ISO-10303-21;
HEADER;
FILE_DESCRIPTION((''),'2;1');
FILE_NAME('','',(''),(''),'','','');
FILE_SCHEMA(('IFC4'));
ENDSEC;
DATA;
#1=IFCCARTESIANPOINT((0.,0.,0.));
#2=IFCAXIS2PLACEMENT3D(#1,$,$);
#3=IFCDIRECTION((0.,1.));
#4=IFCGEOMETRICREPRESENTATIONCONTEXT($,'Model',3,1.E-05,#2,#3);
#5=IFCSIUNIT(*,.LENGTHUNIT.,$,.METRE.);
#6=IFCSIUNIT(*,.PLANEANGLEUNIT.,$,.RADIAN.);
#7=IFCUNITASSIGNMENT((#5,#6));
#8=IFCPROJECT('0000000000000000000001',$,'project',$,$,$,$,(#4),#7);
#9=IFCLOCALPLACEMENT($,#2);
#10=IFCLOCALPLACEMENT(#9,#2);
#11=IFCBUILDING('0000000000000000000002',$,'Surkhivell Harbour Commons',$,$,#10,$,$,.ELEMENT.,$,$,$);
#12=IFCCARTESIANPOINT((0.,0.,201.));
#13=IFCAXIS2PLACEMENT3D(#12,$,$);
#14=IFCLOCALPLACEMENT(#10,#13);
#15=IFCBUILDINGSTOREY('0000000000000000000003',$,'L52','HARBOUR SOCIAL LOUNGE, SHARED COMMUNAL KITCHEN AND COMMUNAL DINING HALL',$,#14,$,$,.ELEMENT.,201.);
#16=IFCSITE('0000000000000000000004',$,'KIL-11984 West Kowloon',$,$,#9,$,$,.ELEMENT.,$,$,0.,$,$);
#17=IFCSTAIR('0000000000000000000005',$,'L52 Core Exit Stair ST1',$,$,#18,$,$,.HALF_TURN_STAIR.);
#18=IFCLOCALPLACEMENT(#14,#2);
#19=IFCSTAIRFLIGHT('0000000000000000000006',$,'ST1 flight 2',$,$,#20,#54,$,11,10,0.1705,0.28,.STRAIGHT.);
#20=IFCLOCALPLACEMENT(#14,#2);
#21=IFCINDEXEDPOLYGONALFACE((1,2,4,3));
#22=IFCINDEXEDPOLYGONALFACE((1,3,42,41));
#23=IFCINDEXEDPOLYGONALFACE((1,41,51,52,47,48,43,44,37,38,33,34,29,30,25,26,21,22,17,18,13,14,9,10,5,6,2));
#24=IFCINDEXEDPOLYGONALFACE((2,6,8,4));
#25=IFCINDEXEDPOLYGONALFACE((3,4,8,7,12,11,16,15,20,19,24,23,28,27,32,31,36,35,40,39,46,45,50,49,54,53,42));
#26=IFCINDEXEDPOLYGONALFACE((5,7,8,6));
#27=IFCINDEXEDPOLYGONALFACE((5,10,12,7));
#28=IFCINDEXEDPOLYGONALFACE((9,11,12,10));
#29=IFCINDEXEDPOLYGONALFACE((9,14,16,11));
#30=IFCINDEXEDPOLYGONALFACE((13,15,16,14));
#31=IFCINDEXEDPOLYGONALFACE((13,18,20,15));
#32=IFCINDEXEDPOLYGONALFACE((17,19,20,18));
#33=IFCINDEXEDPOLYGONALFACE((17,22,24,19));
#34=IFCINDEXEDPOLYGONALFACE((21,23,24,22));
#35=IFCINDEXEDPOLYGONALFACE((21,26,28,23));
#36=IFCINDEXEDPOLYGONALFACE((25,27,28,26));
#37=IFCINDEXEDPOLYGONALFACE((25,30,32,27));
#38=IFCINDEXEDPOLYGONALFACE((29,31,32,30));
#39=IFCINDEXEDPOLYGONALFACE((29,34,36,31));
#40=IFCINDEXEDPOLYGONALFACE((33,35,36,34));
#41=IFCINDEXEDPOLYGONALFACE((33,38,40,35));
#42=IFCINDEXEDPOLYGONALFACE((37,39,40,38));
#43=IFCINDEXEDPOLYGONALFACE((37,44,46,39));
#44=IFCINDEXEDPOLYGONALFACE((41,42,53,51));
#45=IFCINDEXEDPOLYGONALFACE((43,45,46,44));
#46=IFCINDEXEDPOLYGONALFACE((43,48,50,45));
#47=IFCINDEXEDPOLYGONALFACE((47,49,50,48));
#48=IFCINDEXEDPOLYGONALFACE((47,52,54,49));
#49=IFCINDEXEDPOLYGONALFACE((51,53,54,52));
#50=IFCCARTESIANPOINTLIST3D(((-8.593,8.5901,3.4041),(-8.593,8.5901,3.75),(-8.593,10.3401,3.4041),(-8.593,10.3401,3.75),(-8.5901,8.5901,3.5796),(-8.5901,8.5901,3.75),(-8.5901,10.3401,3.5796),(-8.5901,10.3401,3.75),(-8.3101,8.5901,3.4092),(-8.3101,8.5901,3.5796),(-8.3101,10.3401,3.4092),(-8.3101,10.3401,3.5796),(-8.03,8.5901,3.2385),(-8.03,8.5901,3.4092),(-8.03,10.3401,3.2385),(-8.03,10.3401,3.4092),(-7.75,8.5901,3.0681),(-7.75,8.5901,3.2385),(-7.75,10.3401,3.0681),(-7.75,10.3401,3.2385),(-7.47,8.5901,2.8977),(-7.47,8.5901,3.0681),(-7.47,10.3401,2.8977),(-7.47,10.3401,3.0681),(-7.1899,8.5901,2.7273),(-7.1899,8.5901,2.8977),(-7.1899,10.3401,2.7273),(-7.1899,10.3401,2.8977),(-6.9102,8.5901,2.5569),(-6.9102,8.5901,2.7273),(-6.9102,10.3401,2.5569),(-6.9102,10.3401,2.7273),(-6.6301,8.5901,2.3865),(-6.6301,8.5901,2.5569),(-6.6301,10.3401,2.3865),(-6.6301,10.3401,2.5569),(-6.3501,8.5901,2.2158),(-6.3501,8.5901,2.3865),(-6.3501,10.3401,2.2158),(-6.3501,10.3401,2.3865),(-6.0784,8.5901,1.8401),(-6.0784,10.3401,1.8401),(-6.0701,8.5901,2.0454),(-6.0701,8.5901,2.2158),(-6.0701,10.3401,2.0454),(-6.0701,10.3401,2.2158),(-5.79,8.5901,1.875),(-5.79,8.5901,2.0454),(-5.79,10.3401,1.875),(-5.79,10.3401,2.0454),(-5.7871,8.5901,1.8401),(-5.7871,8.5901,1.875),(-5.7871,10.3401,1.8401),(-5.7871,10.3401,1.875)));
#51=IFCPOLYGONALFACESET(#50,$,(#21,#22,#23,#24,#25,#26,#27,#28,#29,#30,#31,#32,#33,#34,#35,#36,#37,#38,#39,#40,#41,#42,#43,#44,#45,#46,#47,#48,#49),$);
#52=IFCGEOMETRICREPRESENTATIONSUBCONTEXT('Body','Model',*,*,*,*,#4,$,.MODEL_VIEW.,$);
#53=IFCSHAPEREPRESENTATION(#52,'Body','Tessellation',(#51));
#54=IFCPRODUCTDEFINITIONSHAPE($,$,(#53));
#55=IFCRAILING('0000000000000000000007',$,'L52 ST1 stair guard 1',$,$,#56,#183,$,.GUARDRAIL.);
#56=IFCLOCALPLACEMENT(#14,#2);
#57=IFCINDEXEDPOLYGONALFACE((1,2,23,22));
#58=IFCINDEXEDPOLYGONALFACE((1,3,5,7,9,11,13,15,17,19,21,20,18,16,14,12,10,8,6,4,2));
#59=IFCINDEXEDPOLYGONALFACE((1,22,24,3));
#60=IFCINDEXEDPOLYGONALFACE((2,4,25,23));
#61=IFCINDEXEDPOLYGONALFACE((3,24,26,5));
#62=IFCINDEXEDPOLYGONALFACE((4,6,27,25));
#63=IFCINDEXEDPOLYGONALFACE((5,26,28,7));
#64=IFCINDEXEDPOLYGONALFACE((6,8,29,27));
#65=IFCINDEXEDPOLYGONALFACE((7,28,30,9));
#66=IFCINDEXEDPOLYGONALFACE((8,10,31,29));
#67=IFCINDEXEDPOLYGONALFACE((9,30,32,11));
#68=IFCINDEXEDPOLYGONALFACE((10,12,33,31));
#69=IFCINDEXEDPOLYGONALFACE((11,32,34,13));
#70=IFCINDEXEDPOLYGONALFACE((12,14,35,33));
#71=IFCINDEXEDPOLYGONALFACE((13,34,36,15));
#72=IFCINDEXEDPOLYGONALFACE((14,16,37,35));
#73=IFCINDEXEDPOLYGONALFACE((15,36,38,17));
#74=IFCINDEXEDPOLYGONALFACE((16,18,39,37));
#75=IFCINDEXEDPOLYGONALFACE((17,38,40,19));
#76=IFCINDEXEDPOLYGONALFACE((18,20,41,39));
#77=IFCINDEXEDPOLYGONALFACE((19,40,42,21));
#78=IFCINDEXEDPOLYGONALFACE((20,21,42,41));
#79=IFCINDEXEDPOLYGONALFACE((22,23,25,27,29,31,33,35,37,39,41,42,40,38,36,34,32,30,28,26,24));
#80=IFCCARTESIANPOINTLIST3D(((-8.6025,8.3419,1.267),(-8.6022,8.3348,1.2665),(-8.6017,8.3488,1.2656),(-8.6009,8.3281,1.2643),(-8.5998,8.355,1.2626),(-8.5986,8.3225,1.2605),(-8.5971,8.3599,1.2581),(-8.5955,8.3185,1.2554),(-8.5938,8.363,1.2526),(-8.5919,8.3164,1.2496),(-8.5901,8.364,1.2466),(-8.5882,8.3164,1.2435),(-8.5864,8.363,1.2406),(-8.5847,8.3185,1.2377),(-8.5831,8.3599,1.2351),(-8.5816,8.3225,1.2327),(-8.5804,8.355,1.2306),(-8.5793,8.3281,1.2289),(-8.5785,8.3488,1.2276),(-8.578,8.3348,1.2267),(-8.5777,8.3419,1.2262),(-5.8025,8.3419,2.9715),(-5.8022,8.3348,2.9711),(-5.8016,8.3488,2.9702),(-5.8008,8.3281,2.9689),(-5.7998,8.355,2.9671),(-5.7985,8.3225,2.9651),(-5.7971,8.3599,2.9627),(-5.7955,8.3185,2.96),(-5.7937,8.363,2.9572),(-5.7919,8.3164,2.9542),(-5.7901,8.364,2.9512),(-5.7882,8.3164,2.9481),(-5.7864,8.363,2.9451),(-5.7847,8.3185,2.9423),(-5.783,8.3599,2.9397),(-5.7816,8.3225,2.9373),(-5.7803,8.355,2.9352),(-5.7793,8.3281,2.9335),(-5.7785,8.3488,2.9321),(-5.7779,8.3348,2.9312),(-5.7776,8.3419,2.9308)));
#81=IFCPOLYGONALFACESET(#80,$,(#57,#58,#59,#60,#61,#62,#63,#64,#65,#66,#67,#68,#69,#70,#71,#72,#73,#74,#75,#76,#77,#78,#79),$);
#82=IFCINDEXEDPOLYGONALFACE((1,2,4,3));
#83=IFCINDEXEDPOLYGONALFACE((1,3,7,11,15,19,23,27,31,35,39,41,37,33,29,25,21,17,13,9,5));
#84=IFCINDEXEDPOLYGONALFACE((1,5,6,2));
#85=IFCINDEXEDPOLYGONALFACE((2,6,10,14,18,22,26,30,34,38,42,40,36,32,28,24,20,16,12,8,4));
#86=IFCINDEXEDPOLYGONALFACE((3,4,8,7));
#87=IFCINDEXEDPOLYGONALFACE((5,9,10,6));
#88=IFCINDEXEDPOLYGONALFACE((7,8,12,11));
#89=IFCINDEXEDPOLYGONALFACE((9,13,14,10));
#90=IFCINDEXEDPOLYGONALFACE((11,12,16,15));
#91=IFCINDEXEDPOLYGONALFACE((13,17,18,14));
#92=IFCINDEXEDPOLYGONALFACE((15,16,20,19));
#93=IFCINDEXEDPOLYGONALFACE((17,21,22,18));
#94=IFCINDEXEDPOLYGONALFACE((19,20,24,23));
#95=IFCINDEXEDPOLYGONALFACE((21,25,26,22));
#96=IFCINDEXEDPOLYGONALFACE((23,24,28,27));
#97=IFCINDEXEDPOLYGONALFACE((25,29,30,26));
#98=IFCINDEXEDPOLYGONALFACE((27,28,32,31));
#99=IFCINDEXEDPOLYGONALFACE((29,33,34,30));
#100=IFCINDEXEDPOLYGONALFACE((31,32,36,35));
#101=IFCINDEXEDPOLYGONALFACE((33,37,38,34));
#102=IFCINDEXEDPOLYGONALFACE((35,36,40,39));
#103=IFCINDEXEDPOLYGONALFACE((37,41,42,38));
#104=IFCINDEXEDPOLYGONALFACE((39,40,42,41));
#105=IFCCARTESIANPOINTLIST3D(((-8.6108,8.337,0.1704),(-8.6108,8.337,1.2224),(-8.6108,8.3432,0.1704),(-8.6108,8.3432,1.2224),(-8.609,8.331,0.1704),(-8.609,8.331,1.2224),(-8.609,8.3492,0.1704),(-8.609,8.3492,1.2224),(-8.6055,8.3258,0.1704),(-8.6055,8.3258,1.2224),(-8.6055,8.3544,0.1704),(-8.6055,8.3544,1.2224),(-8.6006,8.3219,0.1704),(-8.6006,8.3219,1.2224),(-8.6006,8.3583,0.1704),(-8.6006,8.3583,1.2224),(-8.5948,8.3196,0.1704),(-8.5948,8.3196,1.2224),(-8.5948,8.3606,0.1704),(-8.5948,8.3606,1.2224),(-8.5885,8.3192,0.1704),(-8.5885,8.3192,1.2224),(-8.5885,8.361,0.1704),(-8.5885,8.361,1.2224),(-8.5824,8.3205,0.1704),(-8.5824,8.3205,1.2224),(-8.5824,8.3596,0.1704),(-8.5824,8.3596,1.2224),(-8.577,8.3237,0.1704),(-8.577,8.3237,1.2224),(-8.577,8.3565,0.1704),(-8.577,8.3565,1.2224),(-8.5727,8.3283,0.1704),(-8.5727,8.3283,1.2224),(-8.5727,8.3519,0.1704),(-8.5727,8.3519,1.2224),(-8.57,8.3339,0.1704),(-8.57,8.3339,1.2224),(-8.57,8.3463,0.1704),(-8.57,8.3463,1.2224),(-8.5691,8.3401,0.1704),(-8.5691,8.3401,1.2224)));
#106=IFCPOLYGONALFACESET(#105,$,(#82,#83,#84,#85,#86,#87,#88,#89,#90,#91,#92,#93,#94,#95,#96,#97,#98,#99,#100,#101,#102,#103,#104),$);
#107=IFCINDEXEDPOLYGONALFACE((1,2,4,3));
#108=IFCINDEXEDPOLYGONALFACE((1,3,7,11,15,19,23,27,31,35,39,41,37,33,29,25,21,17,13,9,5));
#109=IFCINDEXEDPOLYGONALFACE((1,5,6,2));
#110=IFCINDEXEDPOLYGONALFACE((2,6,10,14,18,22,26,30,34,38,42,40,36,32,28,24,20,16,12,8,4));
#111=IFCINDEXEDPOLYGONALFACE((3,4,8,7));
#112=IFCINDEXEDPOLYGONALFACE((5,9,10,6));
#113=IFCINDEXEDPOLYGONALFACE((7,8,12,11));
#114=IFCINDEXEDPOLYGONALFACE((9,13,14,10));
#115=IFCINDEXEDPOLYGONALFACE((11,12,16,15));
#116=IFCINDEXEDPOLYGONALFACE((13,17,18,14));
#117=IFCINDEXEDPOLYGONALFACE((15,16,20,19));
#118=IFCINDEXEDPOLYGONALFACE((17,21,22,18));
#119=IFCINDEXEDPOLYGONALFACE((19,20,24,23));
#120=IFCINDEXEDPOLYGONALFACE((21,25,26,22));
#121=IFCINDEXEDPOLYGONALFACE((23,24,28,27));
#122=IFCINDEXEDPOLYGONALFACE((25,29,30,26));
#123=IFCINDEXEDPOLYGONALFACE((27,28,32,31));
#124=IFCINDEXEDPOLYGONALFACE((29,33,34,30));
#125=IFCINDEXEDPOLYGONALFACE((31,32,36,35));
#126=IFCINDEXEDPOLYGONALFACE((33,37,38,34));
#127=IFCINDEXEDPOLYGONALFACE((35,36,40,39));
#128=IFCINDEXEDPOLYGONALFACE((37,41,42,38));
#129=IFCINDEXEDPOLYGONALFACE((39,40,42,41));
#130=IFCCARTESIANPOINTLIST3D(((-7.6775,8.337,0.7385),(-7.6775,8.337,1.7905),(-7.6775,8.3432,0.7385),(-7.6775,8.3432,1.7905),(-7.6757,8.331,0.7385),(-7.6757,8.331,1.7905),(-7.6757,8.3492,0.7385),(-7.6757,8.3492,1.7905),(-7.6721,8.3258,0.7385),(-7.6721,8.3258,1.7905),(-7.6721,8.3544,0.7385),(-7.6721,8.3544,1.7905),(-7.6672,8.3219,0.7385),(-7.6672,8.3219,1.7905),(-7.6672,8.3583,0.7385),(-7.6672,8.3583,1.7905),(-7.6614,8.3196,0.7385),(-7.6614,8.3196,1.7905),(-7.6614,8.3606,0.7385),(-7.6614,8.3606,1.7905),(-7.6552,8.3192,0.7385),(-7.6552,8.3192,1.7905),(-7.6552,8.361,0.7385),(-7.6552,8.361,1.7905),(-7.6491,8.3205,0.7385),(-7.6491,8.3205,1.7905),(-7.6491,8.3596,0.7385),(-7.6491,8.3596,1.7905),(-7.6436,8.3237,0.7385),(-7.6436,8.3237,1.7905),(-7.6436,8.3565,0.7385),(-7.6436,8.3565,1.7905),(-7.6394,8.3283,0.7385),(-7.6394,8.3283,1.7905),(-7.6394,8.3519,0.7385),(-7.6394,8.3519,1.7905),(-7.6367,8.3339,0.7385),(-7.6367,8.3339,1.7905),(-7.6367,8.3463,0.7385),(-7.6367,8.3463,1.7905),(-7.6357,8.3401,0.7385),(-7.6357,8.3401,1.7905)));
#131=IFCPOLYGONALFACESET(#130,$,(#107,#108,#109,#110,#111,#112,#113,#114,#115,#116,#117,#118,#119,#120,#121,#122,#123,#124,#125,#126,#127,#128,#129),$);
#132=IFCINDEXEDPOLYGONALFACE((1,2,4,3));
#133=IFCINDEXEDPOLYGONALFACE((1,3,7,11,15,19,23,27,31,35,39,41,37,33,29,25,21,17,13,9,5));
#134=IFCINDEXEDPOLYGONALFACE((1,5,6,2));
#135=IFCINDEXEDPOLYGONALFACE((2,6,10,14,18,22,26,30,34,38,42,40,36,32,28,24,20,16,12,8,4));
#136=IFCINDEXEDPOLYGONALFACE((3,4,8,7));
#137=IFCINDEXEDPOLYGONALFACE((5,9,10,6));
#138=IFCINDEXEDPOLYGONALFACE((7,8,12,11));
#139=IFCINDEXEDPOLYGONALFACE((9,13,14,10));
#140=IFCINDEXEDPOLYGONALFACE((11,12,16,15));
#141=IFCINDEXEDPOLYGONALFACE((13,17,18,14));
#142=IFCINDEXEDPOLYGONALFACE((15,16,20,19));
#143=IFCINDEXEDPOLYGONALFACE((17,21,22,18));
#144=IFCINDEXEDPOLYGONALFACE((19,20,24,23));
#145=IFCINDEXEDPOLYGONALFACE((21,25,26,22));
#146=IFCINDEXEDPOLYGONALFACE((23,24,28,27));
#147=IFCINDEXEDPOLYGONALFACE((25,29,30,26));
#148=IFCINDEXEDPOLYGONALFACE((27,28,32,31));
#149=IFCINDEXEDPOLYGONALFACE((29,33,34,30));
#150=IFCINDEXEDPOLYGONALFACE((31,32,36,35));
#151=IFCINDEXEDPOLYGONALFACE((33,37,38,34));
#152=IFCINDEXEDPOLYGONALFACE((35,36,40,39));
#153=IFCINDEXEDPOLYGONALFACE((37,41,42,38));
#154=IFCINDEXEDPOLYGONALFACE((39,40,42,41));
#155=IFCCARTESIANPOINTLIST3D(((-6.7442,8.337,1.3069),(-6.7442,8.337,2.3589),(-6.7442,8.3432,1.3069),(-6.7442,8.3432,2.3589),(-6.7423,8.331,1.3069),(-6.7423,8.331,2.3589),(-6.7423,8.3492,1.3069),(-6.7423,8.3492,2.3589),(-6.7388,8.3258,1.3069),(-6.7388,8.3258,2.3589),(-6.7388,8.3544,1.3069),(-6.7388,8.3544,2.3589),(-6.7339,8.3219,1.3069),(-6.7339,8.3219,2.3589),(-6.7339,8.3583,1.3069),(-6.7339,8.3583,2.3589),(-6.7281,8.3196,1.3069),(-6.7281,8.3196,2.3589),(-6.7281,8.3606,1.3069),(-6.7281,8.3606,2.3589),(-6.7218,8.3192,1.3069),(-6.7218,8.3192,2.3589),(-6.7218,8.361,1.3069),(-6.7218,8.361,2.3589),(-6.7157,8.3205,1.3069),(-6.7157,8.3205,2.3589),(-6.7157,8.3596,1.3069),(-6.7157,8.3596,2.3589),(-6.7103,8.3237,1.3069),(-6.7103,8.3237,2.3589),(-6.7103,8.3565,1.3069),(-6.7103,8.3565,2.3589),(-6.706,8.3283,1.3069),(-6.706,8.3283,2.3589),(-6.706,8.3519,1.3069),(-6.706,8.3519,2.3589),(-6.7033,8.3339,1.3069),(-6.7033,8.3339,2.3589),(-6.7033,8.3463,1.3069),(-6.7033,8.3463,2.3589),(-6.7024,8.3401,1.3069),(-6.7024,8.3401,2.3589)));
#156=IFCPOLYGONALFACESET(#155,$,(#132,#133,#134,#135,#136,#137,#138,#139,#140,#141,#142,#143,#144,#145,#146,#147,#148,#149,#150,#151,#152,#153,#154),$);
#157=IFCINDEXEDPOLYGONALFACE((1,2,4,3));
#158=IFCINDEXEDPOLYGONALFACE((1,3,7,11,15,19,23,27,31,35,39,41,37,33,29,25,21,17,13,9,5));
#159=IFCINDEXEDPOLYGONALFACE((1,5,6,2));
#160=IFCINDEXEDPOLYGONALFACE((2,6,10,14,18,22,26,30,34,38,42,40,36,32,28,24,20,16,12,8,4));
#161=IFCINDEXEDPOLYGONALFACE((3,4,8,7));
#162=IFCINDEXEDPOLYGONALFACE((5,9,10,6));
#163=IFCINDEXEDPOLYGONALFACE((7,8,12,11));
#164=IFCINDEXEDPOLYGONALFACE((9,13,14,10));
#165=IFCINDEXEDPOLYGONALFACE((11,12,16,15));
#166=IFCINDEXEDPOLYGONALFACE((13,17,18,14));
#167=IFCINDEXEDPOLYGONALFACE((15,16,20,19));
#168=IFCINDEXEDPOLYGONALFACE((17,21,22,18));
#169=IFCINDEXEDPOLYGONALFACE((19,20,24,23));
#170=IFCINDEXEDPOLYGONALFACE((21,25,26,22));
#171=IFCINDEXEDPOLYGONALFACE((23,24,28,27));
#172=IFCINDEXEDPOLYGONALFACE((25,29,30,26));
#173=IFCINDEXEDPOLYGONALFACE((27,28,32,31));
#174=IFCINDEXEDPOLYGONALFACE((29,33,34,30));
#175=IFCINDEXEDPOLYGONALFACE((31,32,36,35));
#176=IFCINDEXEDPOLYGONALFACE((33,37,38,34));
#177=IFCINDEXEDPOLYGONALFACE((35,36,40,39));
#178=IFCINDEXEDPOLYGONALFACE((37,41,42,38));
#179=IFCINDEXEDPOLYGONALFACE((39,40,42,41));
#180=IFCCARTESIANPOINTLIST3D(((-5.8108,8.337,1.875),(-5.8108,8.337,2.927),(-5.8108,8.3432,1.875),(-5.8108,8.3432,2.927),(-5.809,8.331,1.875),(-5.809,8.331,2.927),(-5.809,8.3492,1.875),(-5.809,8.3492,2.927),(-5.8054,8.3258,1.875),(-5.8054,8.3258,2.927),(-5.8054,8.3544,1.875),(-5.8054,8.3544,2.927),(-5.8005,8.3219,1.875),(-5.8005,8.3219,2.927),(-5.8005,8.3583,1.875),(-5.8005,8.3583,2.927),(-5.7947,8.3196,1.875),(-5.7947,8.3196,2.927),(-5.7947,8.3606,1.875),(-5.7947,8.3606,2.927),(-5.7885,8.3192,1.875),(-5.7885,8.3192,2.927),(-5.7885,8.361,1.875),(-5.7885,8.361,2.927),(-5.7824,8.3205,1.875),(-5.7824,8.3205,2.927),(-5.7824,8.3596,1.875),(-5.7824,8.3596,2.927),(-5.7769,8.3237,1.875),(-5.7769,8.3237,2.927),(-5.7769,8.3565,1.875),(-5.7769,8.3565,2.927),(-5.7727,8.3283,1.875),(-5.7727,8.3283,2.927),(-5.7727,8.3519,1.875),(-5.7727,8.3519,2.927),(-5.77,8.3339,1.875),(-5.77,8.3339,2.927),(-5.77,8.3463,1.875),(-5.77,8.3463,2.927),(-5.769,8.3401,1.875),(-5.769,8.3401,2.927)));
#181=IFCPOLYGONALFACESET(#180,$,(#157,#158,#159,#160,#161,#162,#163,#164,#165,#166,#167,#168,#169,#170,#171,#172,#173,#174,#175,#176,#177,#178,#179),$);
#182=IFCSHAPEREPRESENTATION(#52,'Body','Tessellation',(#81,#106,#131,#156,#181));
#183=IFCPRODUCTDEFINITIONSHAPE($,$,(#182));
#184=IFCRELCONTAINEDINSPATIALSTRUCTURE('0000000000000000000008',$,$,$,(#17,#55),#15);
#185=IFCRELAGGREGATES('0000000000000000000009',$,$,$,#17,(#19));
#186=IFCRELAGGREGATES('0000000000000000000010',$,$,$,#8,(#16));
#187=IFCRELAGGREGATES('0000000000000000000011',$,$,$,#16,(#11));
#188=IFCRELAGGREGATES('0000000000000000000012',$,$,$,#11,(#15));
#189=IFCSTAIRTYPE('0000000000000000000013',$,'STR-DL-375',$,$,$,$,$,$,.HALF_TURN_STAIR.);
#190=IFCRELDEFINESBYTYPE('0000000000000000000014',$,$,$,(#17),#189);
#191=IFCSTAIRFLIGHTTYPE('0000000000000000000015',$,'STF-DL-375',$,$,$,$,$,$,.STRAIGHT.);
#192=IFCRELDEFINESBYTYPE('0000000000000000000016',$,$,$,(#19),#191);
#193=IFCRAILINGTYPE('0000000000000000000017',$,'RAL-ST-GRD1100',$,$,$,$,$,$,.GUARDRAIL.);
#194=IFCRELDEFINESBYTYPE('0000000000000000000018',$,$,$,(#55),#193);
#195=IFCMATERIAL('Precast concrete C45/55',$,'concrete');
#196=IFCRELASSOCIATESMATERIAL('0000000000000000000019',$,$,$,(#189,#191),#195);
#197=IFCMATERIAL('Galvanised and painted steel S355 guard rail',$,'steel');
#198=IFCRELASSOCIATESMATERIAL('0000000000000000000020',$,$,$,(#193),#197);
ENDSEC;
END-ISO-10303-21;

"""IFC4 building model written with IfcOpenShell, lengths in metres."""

from ifc_helpers import new_model, si_unit, direction, frame, origin, origin_2d, place, context, subcontext, project, spatial, polyline, circle, outline, extrude, material, type_object, element, aggregate, save


model = new_model("IFC4")

# Units and contexts
model_context = context("Model", 3, precision=1e-05, world=origin(), true_north=direction((0.0, 1.0)))
body_context = subcontext(model_context, "Body", "Model", "MODEL_VIEW")
ifc_project = project(units=[si_unit("LENGTHUNIT", "METRE"), si_unit("PLANEANGLEUNIT", "RADIAN")], contexts=[model_context])

# Site, building, storey
site_placement = place(None, origin())
site = spatial("IfcSite", under=ifc_project, at=site_placement, Name="KIL-11984 West Kowloon", CompositionType="ELEMENT", RefElevation=0.0)
building_placement = place(site_placement, origin())
building = spatial("IfcBuilding", under=site, at=building_placement, Name="Surkhivell Harbour Commons", CompositionType="ELEMENT")
storey_placement = place(building_placement, frame((0.0, 0.0, 201.0)))
storey = spatial("IfcBuildingStorey", under=building, at=storey_placement, Name="L52", Description="HARBOUR SOCIAL LOUNGE, SHARED COMMUNAL KITCHEN AND COMMUNAL DINING HALL", CompositionType="ELEMENT", Elevation=201.0)

# Stair, stair flight
ifc_material_1 = material(Name="Precast concrete C45/55", Category="concrete")
stair_type = type_object("IfcStairType", Name="STR-DL-375", PredefinedType="HALF_TURN_STAIR", material=ifc_material_1)
stair_placement = place(storey_placement, origin())
stair = element("IfcStair", 1, at=stair_placement, inside=storey, type_object=stair_type, Name="L52 Core Exit Stair ST1", PredefinedType="HALF_TURN_STAIR")
stair_flight_type = type_object("IfcStairFlightType", Name="STF-DL-375", PredefinedType="STRAIGHT", material=ifc_material_1)
stair_flight_1_placement = place(storey_placement, frame((-5.79, 9.4651, 1.875), z_axis=(0.0, 0.0, 1.0), x_axis=(-1.0, 0.0, 0.0)))
stair_flight_1 = element("IfcStairFlight", 2, at=stair_flight_1_placement, type_object=stair_flight_type, Name="ST1 flight 2", NumberOfRisers=11, NumberOfTreads=10, PredefinedType="STRAIGHT", RiserHeight=0.1705, TreadLength=0.28, context=body_context, shape_type="SweptSolid", body=[
    extrude(outline(polyline([(-0.0029, -0.0349), (-0.0029, 0.0), (0.0, 0.0), (0.0, 0.1704), (0.28, 0.1704), (0.28, 0.3408), (0.5601, 0.3408), (0.5601, 0.5115), (0.8401, 0.5115), (0.8401, 0.6819), (1.1201, 0.6819), (1.1201, 0.8523), (1.3999, 0.8523), (1.3999, 1.0227), (1.6799, 1.0227), (1.6799, 1.1931), (1.96, 1.1931), (1.96, 1.3635), (2.24, 1.3635), (2.24, 1.5342), (2.52, 1.5342), (2.52, 1.7046), (2.8, 1.7046), (2.8, 1.875), (2.803, 1.875), (2.803, 1.5291), (0.2883, -0.0349), (-0.0029, -0.0349)])), frame((0.0, 0.875, 0.0), z_axis=(0.0, -1.0, 0.0), x_axis=(1.0, 0.0, 0.0)), (0.0, 0.0, 1.0), 1.75),
])
aggregate(stair, [stair_flight_1])

# Railing
ifc_material_2 = material(Name="Galvanised and painted steel S355 guard rail", Category="steel")
railing_type_1 = type_object("IfcRailingType", Name="RAL-ST-GRD1100", PredefinedType="GUARDRAIL", material=ifc_material_2)
railing_1_placement = place(storey_placement, frame((-8.5901, 8.3401, 0.1704)))
element("IfcRailing", 3, at=railing_1_placement, inside=storey, type_object=railing_type_1, Name="L52 ST1 stair guard 1", PredefinedType="GUARDRAIL", context=body_context, shape_type="SweptSolid", body=[
    extrude(circle(Radius=0.0239, at=origin_2d()), frame((0.0, 0.0, 1.0762), z_axis=(0.85417, 0.0, 0.519994), x_axis=(0.0, 1.0, 0.0)), (0.0, 0.0, 1.0), 3.2781),
    extrude(circle(Radius=0.021, at=origin_2d()), origin(), (0.0, 0.0, 1.0), 1.052),
    extrude(circle(Radius=0.021, at=origin_2d()), frame((0.9333, 0.0, 0.5681)), (0.0, 0.0, 1.0), 1.052),
    extrude(circle(Radius=0.021, at=origin_2d()), frame((1.8667, 0.0, 1.1365)), (0.0, 0.0, 1.0), 1.052),
    extrude(circle(Radius=0.021, at=origin_2d()), frame((2.8, 0.0, 1.7046)), (0.0, 0.0, 1.0), 1.052),
])

save(model, "model.ifc")
